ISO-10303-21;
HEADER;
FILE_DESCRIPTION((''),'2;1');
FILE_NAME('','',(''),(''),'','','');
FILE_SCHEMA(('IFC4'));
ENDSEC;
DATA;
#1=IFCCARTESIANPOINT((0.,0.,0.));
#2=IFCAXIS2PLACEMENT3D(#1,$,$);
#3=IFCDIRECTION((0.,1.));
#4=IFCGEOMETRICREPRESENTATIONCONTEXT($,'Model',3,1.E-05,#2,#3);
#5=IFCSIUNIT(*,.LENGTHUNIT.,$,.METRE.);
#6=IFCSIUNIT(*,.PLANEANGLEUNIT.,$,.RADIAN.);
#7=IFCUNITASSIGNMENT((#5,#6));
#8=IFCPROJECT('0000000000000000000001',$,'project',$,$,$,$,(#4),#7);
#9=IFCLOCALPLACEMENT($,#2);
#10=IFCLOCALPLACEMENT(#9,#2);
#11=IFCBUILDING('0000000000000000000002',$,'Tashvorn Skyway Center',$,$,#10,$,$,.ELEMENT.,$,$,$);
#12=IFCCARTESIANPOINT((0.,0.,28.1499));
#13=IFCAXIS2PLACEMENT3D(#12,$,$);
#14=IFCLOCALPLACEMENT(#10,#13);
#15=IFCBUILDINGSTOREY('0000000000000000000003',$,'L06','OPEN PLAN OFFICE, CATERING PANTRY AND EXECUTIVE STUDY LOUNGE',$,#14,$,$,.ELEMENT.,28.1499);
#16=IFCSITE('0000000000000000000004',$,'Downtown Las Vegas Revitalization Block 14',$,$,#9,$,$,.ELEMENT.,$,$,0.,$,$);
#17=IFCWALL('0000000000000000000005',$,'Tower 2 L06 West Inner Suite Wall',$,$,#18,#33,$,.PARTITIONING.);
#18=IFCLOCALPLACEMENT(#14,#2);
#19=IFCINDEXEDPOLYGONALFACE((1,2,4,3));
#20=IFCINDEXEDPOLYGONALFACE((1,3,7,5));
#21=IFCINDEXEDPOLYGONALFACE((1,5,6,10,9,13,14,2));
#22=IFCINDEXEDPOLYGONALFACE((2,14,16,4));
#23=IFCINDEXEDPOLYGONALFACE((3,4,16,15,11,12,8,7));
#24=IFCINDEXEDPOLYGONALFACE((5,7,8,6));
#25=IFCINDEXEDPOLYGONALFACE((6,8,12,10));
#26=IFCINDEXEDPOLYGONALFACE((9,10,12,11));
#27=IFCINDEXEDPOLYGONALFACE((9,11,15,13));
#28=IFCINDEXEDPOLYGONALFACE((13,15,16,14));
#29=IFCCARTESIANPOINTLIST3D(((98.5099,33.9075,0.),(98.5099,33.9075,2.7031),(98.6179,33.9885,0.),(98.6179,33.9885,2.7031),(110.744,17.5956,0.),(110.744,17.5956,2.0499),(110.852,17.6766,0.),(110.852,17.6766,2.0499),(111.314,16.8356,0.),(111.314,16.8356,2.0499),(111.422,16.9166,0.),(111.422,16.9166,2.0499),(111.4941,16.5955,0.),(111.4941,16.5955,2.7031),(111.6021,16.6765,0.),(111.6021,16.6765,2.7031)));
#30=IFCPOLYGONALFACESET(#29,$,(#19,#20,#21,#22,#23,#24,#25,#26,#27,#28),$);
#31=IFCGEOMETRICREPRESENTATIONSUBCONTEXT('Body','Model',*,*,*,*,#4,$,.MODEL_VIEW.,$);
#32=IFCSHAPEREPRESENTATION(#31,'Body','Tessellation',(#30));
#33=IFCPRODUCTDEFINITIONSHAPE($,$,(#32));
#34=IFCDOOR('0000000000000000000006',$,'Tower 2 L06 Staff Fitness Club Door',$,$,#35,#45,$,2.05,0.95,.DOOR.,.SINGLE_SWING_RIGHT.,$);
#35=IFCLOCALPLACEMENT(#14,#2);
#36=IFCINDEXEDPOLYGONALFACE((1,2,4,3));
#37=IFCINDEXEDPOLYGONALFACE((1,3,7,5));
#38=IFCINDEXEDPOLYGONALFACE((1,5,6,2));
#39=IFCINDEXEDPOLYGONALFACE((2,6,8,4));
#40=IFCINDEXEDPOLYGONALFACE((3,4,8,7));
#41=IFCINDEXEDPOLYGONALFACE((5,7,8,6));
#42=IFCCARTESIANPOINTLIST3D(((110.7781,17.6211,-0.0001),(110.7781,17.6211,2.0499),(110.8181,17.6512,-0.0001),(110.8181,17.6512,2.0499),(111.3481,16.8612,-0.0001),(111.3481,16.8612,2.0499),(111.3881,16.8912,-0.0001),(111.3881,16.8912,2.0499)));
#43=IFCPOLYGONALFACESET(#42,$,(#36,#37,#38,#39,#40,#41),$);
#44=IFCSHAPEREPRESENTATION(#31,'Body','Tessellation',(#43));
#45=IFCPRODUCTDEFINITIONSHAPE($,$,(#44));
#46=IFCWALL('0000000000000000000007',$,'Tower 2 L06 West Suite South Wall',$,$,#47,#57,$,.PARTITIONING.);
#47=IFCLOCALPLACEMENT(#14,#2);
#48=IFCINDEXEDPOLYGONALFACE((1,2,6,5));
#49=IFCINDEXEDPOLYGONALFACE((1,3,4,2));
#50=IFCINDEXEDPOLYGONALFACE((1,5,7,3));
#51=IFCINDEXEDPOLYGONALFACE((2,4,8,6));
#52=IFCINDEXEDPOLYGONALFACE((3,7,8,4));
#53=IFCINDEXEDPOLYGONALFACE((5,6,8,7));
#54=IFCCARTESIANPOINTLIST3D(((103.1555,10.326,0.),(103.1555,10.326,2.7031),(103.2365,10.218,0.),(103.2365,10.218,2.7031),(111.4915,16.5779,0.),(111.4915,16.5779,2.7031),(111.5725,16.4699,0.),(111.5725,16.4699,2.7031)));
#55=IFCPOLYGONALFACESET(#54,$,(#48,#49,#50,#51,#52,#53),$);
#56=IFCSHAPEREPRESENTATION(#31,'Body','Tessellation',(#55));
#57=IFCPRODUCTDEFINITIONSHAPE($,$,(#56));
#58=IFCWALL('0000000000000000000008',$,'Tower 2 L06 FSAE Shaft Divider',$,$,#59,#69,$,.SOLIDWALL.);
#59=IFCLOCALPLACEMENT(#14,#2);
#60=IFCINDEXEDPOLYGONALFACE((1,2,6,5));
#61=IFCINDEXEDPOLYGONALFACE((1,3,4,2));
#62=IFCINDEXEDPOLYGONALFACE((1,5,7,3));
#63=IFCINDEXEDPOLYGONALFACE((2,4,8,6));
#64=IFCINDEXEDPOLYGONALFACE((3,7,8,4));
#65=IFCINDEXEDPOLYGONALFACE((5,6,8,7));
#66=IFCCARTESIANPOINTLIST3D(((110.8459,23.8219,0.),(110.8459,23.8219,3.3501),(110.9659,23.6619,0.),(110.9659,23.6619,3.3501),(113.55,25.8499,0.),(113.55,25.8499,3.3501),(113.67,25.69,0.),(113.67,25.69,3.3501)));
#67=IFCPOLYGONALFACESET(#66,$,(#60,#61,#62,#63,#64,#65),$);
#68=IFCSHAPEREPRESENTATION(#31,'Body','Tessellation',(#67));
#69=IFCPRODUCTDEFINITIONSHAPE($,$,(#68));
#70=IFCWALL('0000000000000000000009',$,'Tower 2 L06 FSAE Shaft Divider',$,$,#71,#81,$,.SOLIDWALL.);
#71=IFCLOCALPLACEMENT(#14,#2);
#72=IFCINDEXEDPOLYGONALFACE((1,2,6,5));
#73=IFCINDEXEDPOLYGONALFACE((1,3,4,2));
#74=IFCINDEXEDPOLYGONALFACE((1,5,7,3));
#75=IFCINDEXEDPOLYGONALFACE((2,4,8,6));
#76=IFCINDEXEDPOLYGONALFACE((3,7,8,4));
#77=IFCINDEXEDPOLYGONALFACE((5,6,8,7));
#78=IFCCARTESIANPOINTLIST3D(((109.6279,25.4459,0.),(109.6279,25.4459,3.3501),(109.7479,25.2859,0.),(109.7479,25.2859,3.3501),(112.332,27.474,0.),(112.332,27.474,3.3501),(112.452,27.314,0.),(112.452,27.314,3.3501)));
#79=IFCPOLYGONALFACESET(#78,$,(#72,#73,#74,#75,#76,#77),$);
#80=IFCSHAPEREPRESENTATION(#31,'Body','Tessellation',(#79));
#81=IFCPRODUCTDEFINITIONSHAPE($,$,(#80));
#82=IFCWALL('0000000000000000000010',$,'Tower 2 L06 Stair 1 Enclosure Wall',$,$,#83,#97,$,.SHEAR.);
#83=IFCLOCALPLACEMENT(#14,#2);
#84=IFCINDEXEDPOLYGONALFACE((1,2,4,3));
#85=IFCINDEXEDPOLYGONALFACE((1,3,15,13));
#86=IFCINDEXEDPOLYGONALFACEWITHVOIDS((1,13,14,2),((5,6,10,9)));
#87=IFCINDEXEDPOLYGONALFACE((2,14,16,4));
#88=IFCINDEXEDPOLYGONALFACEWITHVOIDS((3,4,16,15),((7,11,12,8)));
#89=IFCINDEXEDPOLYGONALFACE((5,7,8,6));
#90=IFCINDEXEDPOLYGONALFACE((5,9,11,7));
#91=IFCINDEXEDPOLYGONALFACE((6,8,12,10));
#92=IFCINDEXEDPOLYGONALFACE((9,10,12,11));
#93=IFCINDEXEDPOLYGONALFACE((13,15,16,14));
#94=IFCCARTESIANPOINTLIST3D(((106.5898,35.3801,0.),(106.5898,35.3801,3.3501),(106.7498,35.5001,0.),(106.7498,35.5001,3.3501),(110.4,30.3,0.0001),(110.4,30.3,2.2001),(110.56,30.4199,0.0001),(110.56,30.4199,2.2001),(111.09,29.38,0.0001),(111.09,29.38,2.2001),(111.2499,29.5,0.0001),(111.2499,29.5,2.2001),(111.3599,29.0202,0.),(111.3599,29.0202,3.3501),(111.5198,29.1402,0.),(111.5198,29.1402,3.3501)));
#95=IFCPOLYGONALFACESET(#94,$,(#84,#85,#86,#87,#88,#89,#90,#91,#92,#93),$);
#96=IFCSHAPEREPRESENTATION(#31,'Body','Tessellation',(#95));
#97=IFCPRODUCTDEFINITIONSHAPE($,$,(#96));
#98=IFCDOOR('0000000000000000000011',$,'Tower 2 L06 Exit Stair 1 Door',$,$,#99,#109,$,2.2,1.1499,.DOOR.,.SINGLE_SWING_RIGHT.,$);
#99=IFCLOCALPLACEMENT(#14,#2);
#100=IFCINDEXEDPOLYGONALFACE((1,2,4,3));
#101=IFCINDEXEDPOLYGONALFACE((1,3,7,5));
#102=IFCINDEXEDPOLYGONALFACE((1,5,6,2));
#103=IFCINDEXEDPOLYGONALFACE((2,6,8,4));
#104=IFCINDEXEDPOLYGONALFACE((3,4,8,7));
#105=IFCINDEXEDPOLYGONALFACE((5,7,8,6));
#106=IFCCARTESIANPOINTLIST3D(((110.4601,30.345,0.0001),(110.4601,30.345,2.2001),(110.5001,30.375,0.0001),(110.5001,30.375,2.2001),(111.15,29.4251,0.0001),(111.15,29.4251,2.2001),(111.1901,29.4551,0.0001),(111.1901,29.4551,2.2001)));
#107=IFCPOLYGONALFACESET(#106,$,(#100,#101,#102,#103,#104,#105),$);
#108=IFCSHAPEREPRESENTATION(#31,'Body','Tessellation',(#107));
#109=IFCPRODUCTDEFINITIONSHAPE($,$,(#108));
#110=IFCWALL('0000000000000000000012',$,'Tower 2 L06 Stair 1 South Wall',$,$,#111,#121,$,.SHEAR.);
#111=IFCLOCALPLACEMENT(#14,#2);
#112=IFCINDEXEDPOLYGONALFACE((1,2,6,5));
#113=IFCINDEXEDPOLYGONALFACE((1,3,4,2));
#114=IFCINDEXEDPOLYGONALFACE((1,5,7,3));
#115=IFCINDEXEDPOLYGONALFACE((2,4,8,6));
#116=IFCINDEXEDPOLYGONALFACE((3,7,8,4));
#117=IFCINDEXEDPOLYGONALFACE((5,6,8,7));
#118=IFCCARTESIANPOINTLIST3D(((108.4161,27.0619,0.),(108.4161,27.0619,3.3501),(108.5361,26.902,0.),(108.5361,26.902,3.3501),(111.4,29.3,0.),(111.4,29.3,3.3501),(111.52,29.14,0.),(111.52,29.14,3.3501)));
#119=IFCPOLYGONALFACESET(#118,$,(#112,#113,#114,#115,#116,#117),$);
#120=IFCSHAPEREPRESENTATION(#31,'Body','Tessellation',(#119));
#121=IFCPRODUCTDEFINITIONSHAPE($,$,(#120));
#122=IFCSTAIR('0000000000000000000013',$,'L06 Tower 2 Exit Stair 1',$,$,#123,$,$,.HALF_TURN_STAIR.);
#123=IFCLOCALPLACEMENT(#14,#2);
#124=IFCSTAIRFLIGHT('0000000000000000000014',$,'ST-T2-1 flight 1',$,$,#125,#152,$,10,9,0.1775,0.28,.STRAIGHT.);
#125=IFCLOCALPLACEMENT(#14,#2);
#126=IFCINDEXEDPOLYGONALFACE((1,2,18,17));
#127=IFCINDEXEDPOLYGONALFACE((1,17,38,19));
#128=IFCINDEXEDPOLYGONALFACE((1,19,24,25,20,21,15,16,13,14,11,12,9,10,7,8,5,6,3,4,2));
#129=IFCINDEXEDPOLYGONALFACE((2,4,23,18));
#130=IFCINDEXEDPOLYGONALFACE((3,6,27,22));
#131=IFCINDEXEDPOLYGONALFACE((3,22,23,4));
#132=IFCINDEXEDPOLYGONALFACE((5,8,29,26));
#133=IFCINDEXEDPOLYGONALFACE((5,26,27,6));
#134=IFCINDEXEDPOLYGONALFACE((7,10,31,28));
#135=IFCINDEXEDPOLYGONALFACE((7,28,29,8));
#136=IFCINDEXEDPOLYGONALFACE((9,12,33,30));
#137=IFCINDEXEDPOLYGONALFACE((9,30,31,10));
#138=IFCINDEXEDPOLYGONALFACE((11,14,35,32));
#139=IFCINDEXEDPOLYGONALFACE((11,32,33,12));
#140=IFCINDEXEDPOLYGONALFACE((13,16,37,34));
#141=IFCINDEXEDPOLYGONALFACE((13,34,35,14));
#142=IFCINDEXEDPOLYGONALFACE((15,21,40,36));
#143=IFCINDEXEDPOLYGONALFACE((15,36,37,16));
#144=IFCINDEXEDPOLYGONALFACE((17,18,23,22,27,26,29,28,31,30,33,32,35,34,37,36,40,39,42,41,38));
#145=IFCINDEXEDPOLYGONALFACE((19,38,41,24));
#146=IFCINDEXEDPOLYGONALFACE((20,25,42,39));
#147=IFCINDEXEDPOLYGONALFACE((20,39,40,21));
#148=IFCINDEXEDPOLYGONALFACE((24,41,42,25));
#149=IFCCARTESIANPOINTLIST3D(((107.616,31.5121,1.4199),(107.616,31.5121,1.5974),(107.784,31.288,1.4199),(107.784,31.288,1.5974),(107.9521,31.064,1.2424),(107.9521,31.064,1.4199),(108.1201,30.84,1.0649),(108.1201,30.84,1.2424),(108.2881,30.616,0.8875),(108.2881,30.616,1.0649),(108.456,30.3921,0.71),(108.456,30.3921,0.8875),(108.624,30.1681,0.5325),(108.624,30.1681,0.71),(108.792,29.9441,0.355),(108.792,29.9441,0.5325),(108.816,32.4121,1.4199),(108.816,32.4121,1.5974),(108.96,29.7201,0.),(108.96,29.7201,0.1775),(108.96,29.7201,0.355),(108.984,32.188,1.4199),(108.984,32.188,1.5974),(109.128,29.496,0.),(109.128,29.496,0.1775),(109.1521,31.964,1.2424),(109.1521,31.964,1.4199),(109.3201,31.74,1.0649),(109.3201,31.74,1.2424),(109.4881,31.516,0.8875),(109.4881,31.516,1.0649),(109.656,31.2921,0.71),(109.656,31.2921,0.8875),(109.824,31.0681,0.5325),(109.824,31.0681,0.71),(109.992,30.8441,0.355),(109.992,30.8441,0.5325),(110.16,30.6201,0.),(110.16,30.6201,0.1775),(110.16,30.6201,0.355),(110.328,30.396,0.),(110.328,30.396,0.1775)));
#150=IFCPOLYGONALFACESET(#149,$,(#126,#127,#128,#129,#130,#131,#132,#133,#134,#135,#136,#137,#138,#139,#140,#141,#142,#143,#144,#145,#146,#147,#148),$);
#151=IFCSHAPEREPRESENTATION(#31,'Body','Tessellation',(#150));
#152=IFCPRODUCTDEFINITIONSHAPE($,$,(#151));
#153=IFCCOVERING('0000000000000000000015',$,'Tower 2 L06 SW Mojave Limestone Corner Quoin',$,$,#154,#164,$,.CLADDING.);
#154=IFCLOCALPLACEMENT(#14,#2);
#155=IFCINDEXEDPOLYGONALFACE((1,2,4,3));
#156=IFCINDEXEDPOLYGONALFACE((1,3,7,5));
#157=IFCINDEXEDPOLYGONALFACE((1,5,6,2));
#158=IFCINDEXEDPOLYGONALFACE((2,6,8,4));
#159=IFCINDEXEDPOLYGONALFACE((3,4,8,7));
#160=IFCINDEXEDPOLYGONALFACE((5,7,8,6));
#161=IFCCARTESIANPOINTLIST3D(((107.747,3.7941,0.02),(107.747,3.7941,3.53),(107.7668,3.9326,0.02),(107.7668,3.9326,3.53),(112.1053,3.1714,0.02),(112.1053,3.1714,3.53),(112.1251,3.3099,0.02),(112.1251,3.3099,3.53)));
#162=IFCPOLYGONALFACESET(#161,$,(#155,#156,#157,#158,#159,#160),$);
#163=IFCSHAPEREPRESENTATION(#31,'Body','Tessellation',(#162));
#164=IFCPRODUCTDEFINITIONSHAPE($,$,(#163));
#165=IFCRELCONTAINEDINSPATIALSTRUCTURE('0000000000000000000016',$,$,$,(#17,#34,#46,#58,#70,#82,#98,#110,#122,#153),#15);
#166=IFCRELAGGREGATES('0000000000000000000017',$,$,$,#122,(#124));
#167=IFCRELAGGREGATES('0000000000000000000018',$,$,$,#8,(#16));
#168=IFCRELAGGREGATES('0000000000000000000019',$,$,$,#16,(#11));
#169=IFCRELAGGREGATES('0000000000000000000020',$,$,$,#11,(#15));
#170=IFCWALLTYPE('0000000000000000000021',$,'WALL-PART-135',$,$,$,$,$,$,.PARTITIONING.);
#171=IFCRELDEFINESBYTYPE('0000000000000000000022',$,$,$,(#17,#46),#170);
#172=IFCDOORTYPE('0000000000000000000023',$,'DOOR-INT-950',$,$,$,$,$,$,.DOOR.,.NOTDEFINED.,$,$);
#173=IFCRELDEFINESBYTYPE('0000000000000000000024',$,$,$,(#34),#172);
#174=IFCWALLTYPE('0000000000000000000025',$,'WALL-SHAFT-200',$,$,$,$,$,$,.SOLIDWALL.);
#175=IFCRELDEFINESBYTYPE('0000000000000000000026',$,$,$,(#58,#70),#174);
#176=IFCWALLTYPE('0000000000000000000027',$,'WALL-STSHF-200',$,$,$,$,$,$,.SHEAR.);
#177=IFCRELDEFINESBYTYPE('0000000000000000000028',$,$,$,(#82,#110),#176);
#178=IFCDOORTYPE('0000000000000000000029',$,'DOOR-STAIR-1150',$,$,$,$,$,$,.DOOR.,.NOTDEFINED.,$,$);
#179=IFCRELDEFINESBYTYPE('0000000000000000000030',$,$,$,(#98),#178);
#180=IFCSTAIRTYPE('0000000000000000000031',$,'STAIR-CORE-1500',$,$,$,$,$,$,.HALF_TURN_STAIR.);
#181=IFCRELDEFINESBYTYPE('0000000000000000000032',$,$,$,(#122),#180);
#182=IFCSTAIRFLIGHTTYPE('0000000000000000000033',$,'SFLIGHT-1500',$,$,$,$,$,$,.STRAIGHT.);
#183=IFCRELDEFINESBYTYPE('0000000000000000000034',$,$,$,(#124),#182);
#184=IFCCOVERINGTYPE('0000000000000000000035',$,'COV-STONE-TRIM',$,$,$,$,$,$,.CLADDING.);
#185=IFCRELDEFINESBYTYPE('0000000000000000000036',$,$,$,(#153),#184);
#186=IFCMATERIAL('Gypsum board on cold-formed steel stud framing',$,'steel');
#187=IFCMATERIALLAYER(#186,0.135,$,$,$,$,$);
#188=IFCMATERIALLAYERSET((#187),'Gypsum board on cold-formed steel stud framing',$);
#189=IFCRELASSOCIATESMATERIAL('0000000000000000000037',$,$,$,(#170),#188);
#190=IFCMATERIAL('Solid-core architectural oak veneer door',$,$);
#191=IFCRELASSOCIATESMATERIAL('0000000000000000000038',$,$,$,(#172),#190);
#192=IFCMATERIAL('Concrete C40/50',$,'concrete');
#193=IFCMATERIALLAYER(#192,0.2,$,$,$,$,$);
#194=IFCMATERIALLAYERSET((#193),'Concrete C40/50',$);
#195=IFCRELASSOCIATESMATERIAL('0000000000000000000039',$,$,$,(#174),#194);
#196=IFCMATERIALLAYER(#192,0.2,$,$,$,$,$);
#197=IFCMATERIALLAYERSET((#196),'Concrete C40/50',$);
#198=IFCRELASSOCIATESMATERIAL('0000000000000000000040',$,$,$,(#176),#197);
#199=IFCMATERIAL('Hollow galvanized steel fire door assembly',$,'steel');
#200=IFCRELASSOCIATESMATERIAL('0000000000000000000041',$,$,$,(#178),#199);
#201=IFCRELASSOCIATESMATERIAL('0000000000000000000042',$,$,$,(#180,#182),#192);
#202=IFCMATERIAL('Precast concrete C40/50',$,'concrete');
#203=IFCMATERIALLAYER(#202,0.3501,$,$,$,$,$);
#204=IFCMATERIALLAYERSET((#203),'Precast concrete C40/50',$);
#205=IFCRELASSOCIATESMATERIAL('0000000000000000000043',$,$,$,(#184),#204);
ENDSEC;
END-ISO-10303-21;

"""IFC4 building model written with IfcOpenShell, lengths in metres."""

from ifc_helpers import new_model, si_unit, direction, frame, frame_2d, origin, origin_2d, place, context, subcontext, project, spatial, polyline, rectangle, outline, extrude, material, layer, layer_set, type_object, element, fill, aggregate, save


model = new_model("IFC4")

# Units and contexts
model_context = context("Model", 3, precision=1e-05, world=origin(), true_north=direction((0.0, 1.0)))
body_context = subcontext(model_context, "Body", "Model", "MODEL_VIEW")
ifc_project = project(units=[si_unit("LENGTHUNIT", "METRE"), si_unit("PLANEANGLEUNIT", "RADIAN")], contexts=[model_context])

# Site, building, storey
site_placement = place(None, origin())
site = spatial("IfcSite", under=ifc_project, at=site_placement, Name="Downtown Las Vegas Revitalization Block 14", CompositionType="ELEMENT", RefElevation=0.0)
building_placement = place(site_placement, origin())
building = spatial("IfcBuilding", under=site, at=building_placement, Name="Tashvorn Skyway Center", CompositionType="ELEMENT")
storey_placement = place(building_placement, frame((0.0, 0.0, 28.1499)))
storey = spatial("IfcBuildingStorey", under=building, at=storey_placement, Name="L06", Description="OPEN PLAN OFFICE, CATERING PANTRY AND EXECUTIVE STUDY LOUNGE", CompositionType="ELEMENT", Elevation=28.1499)

# Shared definitions
ifc_material_1 = material(Name="Precast concrete C40/50", Category="concrete")

# Wall, opening, door
ifc_material_2 = material(Name="Gypsum board on cold-formed steel stud framing", Category="steel")
ifc_layer_1 = layer(ifc_material_2, 0.135)
ifc_layer_set_1 = layer_set([ifc_layer_1], Name="Gypsum board on cold-formed steel stud framing")
wall_type_1 = type_object("IfcWallType", Name="WALL-PART-135", PredefinedType="PARTITIONING", material=ifc_layer_set_1)
wall_1_placement = place(storey_placement, frame((111.5481, 16.636, 0.0), z_axis=(0.0, 0.0, 1.0), x_axis=(-0.600004, 0.799997, 0.0)))
wall_1 = element("IfcWall", 1, at=wall_1_placement, inside=storey, type_object=wall_type_1, Name="Tower 2 L06 West Inner Suite Wall", PredefinedType="PARTITIONING", context=body_context, shape_type="SweptSolid", body=[
    extrude(rectangle(XDim=21.6401, YDim=0.135, at=frame_2d((10.8201, 0.0))), origin(), (0.0, 0.0, 1.0), 2.7031),
])
opening_1_placement = place(wall_1_placement, frame((0.3, 0.0, 0.0)))
opening_1 = element("IfcOpeningElement", 2, at=opening_1_placement, cuts=wall_1, PredefinedType="OPENING", context=body_context, shape_type="SweptSolid", body=[
    extrude(rectangle(XDim=0.95, YDim=2.05, at=frame_2d((0.4751, 1.0249))), frame((0.0, 0.0774, 0.0), z_axis=(0.0, -1.0, 0.0), x_axis=(1.0, 0.0, 0.0)), (0.0, 0.0, 1.0), 0.155),
])
ifc_material_3 = material(Name="Solid-core architectural oak veneer door")
door_type_1 = type_object("IfcDoorType", Name="DOOR-INT-950", OperationType="NOTDEFINED", PredefinedType="DOOR", material=ifc_material_3)
door_1_placement = place(opening_1_placement, origin())
door_1 = element("IfcDoor", 3, at=door_1_placement, inside=storey, type_object=door_type_1, Name="Tower 2 L06 Staff Fitness Club Door", OperationType="SINGLE_SWING_RIGHT", OverallHeight=2.05, OverallWidth=0.95, PredefinedType="DOOR", context=body_context, shape_type="SweptSolid", body=[
    extrude(rectangle(XDim=0.95, YDim=2.05, at=frame_2d((0.4751, 1.0249))), frame((0.0, 0.0249, 0.0), z_axis=(0.0, -1.0, 0.0), x_axis=(1.0, 0.0, 0.0)), (0.0, 0.0, 1.0), 0.05),
])
fill(opening_1, door_1)

# Walls
wall_2_placement = place(storey_placement, frame((103.196, 10.272, 0.0), z_axis=(0.0, 0.0, 1.0), x_axis=(0.8, 0.6, 0.0)))
element("IfcWall", 4, at=wall_2_placement, inside=storey, type_object=wall_type_1, Name="Tower 2 L06 West Suite South Wall", PredefinedType="PARTITIONING", context=body_context, shape_type="SweptSolid", body=[
    extrude(rectangle(XDim=10.4199, YDim=0.135, at=frame_2d((5.21, 0.0))), origin(), (0.0, 0.0, 1.0), 2.7031),
])
ifc_material_4 = material(Name="Concrete C40/50", Category="concrete")
ifc_layer_2 = layer(ifc_material_4, 0.2)
ifc_layer_set_2 = layer_set([ifc_layer_2], Name="Concrete C40/50")
wall_type_2 = type_object("IfcWallType", Name="WALL-SHAFT-200", PredefinedType="SOLIDWALL", material=ifc_layer_set_2)
for number, where, z_axis, x_axis, name in (
    (5, (110.906, 23.7419, 0.0), (0.0, 0.0, 1.0), (0.8, 0.6, 0.0), "Tower 2 L06 FSAE Shaft Divider"),
    (6, (109.688, 25.366, 0.0), (0.0, 0.0, 1.0), (0.8, 0.6, 0.0), "Tower 2 L06 FSAE Shaft Divider"),
):
    element("IfcWall", number, at=place(storey_placement, frame(where, z_axis=z_axis, x_axis=x_axis)), inside=storey, type_object=wall_type_2, Name=name, PredefinedType="SOLIDWALL", context=body_context, shape_type="SweptSolid", body=[
        extrude(rectangle(XDim=3.3801, YDim=0.2, at=frame_2d((1.6899, 0.0))), origin(), (0.0, 0.0, 1.0), 3.3501),
    ])

# Wall, opening, door
ifc_layer_3 = layer(ifc_material_4, 0.2)
ifc_layer_set_3 = layer_set([ifc_layer_3], Name="Concrete C40/50")
wall_type_3 = type_object("IfcWallType", Name="WALL-STSHF-200", PredefinedType="SHEAR", material=ifc_layer_set_3)
wall_3_placement = place(storey_placement, frame((111.4399, 29.0801, 0.0), z_axis=(0.0, 0.0, 1.0), x_axis=(-0.60001, 0.799993, 0.0)))
wall_3 = element("IfcWall", 7, at=wall_3_placement, inside=storey, type_object=wall_type_3, Name="Tower 2 L06 Stair 1 Enclosure Wall", PredefinedType="SHEAR", context=body_context, shape_type="SweptSolid", body=[
    extrude(rectangle(XDim=7.95, YDim=0.2, at=frame_2d((3.9751, 0.0))), origin(), (0.0, 0.0, 1.0), 3.3501),
])
opening_2_placement = place(wall_3_placement, frame((0.45, 0.0, 0.0)))
opening_2 = element("IfcOpeningElement", 8, at=opening_2_placement, cuts=wall_3, PredefinedType="OPENING", context=body_context, shape_type="SweptSolid", body=[
    extrude(rectangle(XDim=1.1499, YDim=2.2, at=frame_2d((0.575, 1.1001))), frame((0.0, 0.1099, 0.0), z_axis=(0.0, -1.0, 0.0), x_axis=(1.0, 0.0, 0.0)), (0.0, 0.0, 1.0), 0.22),
])
ifc_material_5 = material(Name="Hollow galvanized steel fire door assembly", Category="steel")
door_type_2 = type_object("IfcDoorType", Name="DOOR-STAIR-1150", OperationType="NOTDEFINED", PredefinedType="DOOR", material=ifc_material_5)
door_2_placement = place(opening_2_placement, origin())
door_2 = element("IfcDoor", 9, at=door_2_placement, inside=storey, type_object=door_type_2, Name="Tower 2 L06 Exit Stair 1 Door", OperationType="SINGLE_SWING_RIGHT", OverallHeight=2.2, OverallWidth=1.1499, PredefinedType="DOOR", context=body_context, shape_type="SweptSolid", body=[
    extrude(rectangle(XDim=1.1499, YDim=2.2, at=frame_2d((0.575, 1.1001))), frame((0.0, 0.0249, 0.0), z_axis=(0.0, -1.0, 0.0), x_axis=(1.0, 0.0, 0.0)), (0.0, 0.0, 1.0), 0.05),
])
fill(opening_2, door_2)

# Wall
wall_4_placement = place(storey_placement, frame((108.4761, 26.9819, 0.0), z_axis=(0.0, 0.0, 1.0), x_axis=(0.799984, 0.600021, 0.0)))
element("IfcWall", 10, at=wall_4_placement, inside=storey, type_object=wall_type_3, Name="Tower 2 L06 Stair 1 South Wall", PredefinedType="SHEAR", context=body_context, shape_type="SweptSolid", body=[
    extrude(rectangle(XDim=3.73, YDim=0.2, at=frame_2d((1.865, 0.0))), origin(), (0.0, 0.0, 1.0), 3.3501),
])

# Stair, stair flight
stair_type = type_object("IfcStairType", Name="STAIR-CORE-1500", PredefinedType="HALF_TURN_STAIR", material=ifc_material_4)
stair_placement = place(storey_placement, origin())
stair = element("IfcStair", 11, at=stair_placement, inside=storey, type_object=stair_type, Name="L06 Tower 2 Exit Stair 1", PredefinedType="HALF_TURN_STAIR")
stair_flight_type = type_object("IfcStairFlightType", Name="SFLIGHT-1500", PredefinedType="STRAIGHT", material=ifc_material_4)
stair_flight_placement = place(storey_placement, frame((109.728, 29.946, 0.0), z_axis=(0.0, 0.0, 1.0), x_axis=(-0.6, 0.8, 0.0)))
stair_flight = element("IfcStairFlight", 12, at=stair_flight_placement, type_object=stair_flight_type, Name="ST-T2-1 flight 1", NumberOfRisers=10, NumberOfTreads=9, PredefinedType="STRAIGHT", RiserHeight=0.1775, TreadLength=0.28, context=body_context, shape_type="SweptSolid", body=[
    extrude(outline(polyline([(0.0, 0.0), (0.0, 0.1775), (0.28, 0.1775), (0.28, 0.355), (0.5601, 0.355), (0.5601, 0.5325), (0.8401, 0.5325), (0.8401, 0.71), (1.1201, 0.71), (1.1201, 0.8875), (1.3999, 0.8875), (1.3999, 1.0649), (1.6799, 1.0649), (1.6799, 1.2424), (1.96, 1.2424), (1.96, 1.4199), (2.24, 1.4199), (2.24, 1.5974), (2.52, 1.5974), (2.52, 1.7749), (2.52, 1.4199), (0.28, 0.0), (0.0, 0.0)])), frame((0.0, 0.75, 0.0), z_axis=(0.0, -1.0, 0.0), x_axis=(1.0, 0.0, 0.0)), (0.0, 0.0, 1.0), 1.5),
])
aggregate(stair, [stair_flight])

# Covering
ifc_layer_4 = layer(ifc_material_1, 0.3501)
ifc_layer_set_4 = layer_set([ifc_layer_4], Name="Precast concrete C40/50")
covering_type = type_object("IfcCoveringType", Name="COV-STONE-TRIM", PredefinedType="CLADDING", material=ifc_layer_set_4)
covering_placement = place(storey_placement, frame((109.936, 3.552, 0.02), z_axis=(0.0, 0.0, 1.0), x_axis=(-0.989949, 0.141421, 0.0)))
element("IfcCovering", 13, at=covering_placement, inside=storey, type_object=covering_type, Name="Tower 2 L06 SW Mojave Limestone Corner Quoin", PredefinedType="CLADDING", context=body_context, shape_type="SweptSolid", body=[
    extrude(rectangle(XDim=4.4026, YDim=0.1399, at=origin_2d()), origin(), (0.0, 0.0, 1.0), 3.51),
])

save(model, "model.ifc")
